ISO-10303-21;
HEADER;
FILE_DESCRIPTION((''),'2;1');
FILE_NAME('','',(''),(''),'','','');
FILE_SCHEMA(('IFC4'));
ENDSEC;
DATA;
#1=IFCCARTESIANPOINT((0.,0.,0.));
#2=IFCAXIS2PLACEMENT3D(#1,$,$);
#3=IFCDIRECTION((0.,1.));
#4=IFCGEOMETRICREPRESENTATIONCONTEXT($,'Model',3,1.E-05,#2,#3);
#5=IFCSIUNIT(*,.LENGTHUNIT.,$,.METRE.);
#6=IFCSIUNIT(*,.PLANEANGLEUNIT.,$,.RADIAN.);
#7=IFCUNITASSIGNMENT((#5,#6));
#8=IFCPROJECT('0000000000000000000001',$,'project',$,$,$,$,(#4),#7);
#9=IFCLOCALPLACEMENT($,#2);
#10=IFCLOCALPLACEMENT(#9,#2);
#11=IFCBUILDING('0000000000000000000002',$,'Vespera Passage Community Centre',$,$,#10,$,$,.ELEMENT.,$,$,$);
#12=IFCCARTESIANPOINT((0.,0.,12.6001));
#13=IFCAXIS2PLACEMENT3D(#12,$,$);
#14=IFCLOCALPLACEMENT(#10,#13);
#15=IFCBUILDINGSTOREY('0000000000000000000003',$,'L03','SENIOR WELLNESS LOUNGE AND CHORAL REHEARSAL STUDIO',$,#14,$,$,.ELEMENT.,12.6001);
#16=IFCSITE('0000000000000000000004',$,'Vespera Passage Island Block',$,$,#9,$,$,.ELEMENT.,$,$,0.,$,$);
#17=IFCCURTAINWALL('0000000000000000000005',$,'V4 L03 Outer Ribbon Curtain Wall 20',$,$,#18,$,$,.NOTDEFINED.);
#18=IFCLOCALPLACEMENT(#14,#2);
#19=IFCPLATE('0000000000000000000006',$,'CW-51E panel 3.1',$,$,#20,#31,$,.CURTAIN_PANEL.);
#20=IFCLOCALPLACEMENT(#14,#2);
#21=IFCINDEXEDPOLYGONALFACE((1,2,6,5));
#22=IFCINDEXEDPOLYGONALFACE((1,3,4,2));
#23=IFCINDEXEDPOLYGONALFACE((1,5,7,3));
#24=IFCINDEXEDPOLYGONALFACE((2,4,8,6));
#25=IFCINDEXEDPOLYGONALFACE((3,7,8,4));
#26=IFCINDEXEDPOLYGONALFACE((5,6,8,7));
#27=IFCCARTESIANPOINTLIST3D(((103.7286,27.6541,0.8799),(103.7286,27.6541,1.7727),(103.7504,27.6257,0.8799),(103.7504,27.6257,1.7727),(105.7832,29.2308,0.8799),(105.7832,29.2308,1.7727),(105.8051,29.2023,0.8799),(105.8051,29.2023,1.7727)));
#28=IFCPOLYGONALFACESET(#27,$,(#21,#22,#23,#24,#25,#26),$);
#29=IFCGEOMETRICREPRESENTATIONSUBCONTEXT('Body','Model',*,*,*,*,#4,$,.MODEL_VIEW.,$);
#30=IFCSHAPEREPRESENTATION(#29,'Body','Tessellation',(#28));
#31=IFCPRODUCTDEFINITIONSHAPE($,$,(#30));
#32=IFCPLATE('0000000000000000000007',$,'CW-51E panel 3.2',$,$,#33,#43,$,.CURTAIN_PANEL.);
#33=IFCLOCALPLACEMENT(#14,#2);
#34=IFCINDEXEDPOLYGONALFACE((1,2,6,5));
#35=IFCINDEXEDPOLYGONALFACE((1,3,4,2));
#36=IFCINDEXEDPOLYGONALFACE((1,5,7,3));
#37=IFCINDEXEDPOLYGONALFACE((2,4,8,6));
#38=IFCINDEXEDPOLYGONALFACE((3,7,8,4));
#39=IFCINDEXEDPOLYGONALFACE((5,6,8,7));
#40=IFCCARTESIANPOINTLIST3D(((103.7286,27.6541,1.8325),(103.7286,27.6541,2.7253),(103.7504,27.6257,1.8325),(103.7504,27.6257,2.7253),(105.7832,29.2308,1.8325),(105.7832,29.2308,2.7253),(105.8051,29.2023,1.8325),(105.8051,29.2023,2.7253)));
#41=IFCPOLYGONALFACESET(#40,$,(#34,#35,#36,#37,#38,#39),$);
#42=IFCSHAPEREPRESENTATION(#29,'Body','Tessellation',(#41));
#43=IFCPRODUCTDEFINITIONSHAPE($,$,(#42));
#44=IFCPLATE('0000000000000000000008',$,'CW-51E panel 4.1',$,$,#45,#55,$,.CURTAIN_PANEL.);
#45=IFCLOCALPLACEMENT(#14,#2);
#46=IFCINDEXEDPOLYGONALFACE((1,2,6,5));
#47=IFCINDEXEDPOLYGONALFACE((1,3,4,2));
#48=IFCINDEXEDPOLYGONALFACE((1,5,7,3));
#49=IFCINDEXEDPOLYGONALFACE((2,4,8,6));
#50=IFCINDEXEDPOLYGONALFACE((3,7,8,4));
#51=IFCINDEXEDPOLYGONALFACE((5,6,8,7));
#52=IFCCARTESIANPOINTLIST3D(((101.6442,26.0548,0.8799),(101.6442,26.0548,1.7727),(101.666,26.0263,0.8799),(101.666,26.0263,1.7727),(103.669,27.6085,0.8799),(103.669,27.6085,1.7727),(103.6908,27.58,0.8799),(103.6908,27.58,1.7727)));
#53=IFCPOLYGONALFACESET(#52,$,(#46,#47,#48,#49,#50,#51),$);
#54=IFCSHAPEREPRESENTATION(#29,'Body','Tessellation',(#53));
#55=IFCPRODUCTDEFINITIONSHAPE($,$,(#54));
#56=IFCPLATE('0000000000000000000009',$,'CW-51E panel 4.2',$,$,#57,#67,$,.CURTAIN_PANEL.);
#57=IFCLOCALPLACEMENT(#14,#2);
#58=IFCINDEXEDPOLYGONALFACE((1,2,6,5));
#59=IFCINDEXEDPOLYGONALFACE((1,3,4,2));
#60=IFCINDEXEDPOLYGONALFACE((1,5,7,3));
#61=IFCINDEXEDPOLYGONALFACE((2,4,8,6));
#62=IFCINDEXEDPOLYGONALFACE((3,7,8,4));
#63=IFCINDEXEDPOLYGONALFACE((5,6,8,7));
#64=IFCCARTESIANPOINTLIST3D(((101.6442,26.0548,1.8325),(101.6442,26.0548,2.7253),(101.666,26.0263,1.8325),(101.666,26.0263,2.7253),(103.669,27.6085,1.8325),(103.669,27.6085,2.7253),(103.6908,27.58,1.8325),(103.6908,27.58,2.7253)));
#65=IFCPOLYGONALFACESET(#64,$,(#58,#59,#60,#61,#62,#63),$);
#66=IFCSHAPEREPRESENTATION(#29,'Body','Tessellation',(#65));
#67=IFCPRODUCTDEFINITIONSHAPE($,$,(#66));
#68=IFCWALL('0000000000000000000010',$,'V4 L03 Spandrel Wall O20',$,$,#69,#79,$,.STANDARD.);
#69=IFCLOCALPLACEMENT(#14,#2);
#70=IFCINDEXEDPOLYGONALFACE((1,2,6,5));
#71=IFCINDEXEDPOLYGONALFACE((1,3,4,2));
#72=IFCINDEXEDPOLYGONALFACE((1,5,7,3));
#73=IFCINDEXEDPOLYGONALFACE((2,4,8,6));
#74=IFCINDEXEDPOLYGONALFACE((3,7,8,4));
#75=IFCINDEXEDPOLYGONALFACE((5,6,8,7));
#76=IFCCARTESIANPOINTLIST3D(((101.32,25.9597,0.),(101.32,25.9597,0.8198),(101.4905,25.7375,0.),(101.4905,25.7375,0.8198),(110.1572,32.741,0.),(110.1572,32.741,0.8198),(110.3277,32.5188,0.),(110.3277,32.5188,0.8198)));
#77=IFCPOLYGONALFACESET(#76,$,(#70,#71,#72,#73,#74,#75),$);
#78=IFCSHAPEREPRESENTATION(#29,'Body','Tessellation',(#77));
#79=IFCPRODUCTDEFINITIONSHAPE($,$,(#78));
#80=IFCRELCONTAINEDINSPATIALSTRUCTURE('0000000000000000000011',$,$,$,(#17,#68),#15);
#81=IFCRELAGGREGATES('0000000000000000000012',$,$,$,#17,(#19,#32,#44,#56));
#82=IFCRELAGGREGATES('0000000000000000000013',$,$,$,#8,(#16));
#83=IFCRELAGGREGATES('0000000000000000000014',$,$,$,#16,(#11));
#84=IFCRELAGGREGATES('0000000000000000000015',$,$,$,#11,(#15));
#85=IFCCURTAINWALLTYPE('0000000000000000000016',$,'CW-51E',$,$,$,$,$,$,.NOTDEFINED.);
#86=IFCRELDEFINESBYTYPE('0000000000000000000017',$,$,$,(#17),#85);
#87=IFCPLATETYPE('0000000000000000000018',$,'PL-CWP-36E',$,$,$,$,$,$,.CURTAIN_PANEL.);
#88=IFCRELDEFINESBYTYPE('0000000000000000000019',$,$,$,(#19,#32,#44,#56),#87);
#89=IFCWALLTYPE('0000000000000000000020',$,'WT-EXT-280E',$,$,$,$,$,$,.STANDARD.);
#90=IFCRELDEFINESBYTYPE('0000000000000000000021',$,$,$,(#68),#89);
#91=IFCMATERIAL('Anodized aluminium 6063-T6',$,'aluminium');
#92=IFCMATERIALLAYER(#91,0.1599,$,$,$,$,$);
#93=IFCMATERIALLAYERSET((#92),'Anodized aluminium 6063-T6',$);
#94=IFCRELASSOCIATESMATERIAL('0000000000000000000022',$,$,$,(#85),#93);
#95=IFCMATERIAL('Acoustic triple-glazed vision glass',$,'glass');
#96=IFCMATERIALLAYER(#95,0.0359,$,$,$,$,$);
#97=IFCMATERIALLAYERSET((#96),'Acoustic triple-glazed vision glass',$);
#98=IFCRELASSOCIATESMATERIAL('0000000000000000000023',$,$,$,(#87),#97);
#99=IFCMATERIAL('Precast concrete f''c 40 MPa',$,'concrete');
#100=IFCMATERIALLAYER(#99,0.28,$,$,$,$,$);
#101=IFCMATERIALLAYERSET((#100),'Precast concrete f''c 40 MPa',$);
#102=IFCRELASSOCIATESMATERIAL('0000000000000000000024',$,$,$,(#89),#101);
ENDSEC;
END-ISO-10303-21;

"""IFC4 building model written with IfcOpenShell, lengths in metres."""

from ifc_helpers import new_model, si_unit, direction, frame, frame_2d, origin, origin_2d, place, context, subcontext, project, spatial, rectangle, extrude, material, layer, layer_set, type_object, element, aggregate, save


model = new_model("IFC4")

# Units and contexts
model_context = context("Model", 3, precision=1e-05, world=origin(), true_north=direction((0.0, 1.0)))
body_context = subcontext(model_context, "Body", "Model", "MODEL_VIEW")
ifc_project = project(units=[si_unit("LENGTHUNIT", "METRE"), si_unit("PLANEANGLEUNIT", "RADIAN")], contexts=[model_context])

# Site, building, storey
site_placement = place(None, origin())
site = spatial("IfcSite", under=ifc_project, at=site_placement, Name="Vespera Passage Island Block", CompositionType="ELEMENT", RefElevation=0.0)
building_placement = place(site_placement, origin())
building = spatial("IfcBuilding", under=site, at=building_placement, Name="Vespera Passage Community Centre", CompositionType="ELEMENT")
storey_placement = place(building_placement, frame((0.0, 0.0, 12.6001)))
storey = spatial("IfcBuildingStorey", under=building, at=storey_placement, Name="L03", Description="SENIOR WELLNESS LOUNGE AND CHORAL REHEARSAL STUDIO", CompositionType="ELEMENT", Elevation=12.6001)

# Curtain wall, plates
ifc_material_1 = material(Name="Anodized aluminium 6063-T6", Category="aluminium")
ifc_layer_1 = layer(ifc_material_1, 0.1599)
ifc_layer_set_1 = layer_set([ifc_layer_1], Name="Anodized aluminium 6063-T6")
curtain_wall_type = type_object("IfcCurtainWallType", Name="CW-51E", PredefinedType="NOTDEFINED", material=ifc_layer_set_1)
curtain_wall_placement = place(storey_placement, origin())
curtain_wall = element("IfcCurtainWall", 1, at=curtain_wall_placement, inside=storey, type_object=curtain_wall_type, Name="V4 L03 Outer Ribbon Curtain Wall 20", PredefinedType="NOTDEFINED")
ifc_material_2 = material(Name="Acoustic triple-glazed vision glass", Category="glass")
ifc_layer_2 = layer(ifc_material_2, 0.0359)
ifc_layer_set_2 = layer_set([ifc_layer_2], Name="Acoustic triple-glazed vision glass")
plate_type = type_object("IfcPlateType", Name="PL-CWP-36E", PredefinedType="CURTAIN_PANEL", material=ifc_layer_set_2)
plate_1_placement = place(storey_placement, frame((104.7668, 28.4282, 0.8799), z_axis=(0.0, 0.0, 1.0), x_axis=(-0.793345, -0.608772, 0.0)))
plate_1 = element("IfcPlate", 2, at=plate_1_placement, type_object=plate_type, Name="CW-51E panel 3.1", PredefinedType="CURTAIN_PANEL", context=body_context, shape_type="SweptSolid", body=[
    extrude(rectangle(XDim=2.5898, YDim=0.0359, at=origin_2d()), origin(), (0.0, 0.0, 1.0), 0.8928),
])
plate_2_placement = place(storey_placement, frame((104.7668, 28.4282, 1.8325), z_axis=(0.0, 0.0, 1.0), x_axis=(-0.793345, -0.608772, 0.0)))
plate_2 = element("IfcPlate", 3, at=plate_2_placement, type_object=plate_type, Name="CW-51E panel 3.2", PredefinedType="CURTAIN_PANEL", context=body_context, shape_type="SweptSolid", body=[
    extrude(rectangle(XDim=2.5898, YDim=0.0359, at=origin_2d()), origin(), (0.0, 0.0, 1.0), 0.8928),
])
plate_3_placement = place(storey_placement, frame((102.6675, 26.8174, 0.8799), z_axis=(0.0, 0.0, 1.0), x_axis=(-0.793345, -0.608772, 0.0)))
plate_3 = element("IfcPlate", 4, at=plate_3_placement, type_object=plate_type, Name="CW-51E panel 4.1", PredefinedType="CURTAIN_PANEL", context=body_context, shape_type="SweptSolid", body=[
    extrude(rectangle(XDim=2.5522, YDim=0.0359, at=origin_2d()), origin(), (0.0, 0.0, 1.0), 0.8928),
])
plate_4_placement = place(storey_placement, frame((102.6675, 26.8174, 1.8325), z_axis=(0.0, 0.0, 1.0), x_axis=(-0.793345, -0.608772, 0.0)))
plate_4 = element("IfcPlate", 5, at=plate_4_placement, type_object=plate_type, Name="CW-51E panel 4.2", PredefinedType="CURTAIN_PANEL", context=body_context, shape_type="SweptSolid", body=[
    extrude(rectangle(XDim=2.5522, YDim=0.0359, at=origin_2d()), origin(), (0.0, 0.0, 1.0), 0.8928),
])
aggregate(curtain_wall, [plate_1, plate_2, plate_3, plate_4])

# Wall
ifc_material_3 = material(Name="Precast concrete f'c 40 MPa", Category="concrete")
ifc_layer_3 = layer(ifc_material_3, 0.28)
ifc_layer_set_3 = layer_set([ifc_layer_3], Name="Precast concrete f'c 40 MPa")
wall_type = type_object("IfcWallType", Name="WT-EXT-280E", PredefinedType="STANDARD", material=ifc_layer_set_3)
wall_placement = place(storey_placement, frame((110.2424, 32.6299, 0.0), z_axis=(0.0, 0.0, 1.0), x_axis=(-0.793342, -0.608776, 0.0)))
element("IfcWall", 6, at=wall_placement, inside=storey, type_object=wall_type, Name="V4 L03 Spandrel Wall O20", PredefinedType="STANDARD", context=body_context, shape_type="SweptSolid", body=[
    extrude(rectangle(XDim=11.1392, YDim=0.28, at=frame_2d((5.5696, 0.0))), origin(), (0.0, 0.0, 1.0), 0.8198),
])

save(model, "model.ifc")
